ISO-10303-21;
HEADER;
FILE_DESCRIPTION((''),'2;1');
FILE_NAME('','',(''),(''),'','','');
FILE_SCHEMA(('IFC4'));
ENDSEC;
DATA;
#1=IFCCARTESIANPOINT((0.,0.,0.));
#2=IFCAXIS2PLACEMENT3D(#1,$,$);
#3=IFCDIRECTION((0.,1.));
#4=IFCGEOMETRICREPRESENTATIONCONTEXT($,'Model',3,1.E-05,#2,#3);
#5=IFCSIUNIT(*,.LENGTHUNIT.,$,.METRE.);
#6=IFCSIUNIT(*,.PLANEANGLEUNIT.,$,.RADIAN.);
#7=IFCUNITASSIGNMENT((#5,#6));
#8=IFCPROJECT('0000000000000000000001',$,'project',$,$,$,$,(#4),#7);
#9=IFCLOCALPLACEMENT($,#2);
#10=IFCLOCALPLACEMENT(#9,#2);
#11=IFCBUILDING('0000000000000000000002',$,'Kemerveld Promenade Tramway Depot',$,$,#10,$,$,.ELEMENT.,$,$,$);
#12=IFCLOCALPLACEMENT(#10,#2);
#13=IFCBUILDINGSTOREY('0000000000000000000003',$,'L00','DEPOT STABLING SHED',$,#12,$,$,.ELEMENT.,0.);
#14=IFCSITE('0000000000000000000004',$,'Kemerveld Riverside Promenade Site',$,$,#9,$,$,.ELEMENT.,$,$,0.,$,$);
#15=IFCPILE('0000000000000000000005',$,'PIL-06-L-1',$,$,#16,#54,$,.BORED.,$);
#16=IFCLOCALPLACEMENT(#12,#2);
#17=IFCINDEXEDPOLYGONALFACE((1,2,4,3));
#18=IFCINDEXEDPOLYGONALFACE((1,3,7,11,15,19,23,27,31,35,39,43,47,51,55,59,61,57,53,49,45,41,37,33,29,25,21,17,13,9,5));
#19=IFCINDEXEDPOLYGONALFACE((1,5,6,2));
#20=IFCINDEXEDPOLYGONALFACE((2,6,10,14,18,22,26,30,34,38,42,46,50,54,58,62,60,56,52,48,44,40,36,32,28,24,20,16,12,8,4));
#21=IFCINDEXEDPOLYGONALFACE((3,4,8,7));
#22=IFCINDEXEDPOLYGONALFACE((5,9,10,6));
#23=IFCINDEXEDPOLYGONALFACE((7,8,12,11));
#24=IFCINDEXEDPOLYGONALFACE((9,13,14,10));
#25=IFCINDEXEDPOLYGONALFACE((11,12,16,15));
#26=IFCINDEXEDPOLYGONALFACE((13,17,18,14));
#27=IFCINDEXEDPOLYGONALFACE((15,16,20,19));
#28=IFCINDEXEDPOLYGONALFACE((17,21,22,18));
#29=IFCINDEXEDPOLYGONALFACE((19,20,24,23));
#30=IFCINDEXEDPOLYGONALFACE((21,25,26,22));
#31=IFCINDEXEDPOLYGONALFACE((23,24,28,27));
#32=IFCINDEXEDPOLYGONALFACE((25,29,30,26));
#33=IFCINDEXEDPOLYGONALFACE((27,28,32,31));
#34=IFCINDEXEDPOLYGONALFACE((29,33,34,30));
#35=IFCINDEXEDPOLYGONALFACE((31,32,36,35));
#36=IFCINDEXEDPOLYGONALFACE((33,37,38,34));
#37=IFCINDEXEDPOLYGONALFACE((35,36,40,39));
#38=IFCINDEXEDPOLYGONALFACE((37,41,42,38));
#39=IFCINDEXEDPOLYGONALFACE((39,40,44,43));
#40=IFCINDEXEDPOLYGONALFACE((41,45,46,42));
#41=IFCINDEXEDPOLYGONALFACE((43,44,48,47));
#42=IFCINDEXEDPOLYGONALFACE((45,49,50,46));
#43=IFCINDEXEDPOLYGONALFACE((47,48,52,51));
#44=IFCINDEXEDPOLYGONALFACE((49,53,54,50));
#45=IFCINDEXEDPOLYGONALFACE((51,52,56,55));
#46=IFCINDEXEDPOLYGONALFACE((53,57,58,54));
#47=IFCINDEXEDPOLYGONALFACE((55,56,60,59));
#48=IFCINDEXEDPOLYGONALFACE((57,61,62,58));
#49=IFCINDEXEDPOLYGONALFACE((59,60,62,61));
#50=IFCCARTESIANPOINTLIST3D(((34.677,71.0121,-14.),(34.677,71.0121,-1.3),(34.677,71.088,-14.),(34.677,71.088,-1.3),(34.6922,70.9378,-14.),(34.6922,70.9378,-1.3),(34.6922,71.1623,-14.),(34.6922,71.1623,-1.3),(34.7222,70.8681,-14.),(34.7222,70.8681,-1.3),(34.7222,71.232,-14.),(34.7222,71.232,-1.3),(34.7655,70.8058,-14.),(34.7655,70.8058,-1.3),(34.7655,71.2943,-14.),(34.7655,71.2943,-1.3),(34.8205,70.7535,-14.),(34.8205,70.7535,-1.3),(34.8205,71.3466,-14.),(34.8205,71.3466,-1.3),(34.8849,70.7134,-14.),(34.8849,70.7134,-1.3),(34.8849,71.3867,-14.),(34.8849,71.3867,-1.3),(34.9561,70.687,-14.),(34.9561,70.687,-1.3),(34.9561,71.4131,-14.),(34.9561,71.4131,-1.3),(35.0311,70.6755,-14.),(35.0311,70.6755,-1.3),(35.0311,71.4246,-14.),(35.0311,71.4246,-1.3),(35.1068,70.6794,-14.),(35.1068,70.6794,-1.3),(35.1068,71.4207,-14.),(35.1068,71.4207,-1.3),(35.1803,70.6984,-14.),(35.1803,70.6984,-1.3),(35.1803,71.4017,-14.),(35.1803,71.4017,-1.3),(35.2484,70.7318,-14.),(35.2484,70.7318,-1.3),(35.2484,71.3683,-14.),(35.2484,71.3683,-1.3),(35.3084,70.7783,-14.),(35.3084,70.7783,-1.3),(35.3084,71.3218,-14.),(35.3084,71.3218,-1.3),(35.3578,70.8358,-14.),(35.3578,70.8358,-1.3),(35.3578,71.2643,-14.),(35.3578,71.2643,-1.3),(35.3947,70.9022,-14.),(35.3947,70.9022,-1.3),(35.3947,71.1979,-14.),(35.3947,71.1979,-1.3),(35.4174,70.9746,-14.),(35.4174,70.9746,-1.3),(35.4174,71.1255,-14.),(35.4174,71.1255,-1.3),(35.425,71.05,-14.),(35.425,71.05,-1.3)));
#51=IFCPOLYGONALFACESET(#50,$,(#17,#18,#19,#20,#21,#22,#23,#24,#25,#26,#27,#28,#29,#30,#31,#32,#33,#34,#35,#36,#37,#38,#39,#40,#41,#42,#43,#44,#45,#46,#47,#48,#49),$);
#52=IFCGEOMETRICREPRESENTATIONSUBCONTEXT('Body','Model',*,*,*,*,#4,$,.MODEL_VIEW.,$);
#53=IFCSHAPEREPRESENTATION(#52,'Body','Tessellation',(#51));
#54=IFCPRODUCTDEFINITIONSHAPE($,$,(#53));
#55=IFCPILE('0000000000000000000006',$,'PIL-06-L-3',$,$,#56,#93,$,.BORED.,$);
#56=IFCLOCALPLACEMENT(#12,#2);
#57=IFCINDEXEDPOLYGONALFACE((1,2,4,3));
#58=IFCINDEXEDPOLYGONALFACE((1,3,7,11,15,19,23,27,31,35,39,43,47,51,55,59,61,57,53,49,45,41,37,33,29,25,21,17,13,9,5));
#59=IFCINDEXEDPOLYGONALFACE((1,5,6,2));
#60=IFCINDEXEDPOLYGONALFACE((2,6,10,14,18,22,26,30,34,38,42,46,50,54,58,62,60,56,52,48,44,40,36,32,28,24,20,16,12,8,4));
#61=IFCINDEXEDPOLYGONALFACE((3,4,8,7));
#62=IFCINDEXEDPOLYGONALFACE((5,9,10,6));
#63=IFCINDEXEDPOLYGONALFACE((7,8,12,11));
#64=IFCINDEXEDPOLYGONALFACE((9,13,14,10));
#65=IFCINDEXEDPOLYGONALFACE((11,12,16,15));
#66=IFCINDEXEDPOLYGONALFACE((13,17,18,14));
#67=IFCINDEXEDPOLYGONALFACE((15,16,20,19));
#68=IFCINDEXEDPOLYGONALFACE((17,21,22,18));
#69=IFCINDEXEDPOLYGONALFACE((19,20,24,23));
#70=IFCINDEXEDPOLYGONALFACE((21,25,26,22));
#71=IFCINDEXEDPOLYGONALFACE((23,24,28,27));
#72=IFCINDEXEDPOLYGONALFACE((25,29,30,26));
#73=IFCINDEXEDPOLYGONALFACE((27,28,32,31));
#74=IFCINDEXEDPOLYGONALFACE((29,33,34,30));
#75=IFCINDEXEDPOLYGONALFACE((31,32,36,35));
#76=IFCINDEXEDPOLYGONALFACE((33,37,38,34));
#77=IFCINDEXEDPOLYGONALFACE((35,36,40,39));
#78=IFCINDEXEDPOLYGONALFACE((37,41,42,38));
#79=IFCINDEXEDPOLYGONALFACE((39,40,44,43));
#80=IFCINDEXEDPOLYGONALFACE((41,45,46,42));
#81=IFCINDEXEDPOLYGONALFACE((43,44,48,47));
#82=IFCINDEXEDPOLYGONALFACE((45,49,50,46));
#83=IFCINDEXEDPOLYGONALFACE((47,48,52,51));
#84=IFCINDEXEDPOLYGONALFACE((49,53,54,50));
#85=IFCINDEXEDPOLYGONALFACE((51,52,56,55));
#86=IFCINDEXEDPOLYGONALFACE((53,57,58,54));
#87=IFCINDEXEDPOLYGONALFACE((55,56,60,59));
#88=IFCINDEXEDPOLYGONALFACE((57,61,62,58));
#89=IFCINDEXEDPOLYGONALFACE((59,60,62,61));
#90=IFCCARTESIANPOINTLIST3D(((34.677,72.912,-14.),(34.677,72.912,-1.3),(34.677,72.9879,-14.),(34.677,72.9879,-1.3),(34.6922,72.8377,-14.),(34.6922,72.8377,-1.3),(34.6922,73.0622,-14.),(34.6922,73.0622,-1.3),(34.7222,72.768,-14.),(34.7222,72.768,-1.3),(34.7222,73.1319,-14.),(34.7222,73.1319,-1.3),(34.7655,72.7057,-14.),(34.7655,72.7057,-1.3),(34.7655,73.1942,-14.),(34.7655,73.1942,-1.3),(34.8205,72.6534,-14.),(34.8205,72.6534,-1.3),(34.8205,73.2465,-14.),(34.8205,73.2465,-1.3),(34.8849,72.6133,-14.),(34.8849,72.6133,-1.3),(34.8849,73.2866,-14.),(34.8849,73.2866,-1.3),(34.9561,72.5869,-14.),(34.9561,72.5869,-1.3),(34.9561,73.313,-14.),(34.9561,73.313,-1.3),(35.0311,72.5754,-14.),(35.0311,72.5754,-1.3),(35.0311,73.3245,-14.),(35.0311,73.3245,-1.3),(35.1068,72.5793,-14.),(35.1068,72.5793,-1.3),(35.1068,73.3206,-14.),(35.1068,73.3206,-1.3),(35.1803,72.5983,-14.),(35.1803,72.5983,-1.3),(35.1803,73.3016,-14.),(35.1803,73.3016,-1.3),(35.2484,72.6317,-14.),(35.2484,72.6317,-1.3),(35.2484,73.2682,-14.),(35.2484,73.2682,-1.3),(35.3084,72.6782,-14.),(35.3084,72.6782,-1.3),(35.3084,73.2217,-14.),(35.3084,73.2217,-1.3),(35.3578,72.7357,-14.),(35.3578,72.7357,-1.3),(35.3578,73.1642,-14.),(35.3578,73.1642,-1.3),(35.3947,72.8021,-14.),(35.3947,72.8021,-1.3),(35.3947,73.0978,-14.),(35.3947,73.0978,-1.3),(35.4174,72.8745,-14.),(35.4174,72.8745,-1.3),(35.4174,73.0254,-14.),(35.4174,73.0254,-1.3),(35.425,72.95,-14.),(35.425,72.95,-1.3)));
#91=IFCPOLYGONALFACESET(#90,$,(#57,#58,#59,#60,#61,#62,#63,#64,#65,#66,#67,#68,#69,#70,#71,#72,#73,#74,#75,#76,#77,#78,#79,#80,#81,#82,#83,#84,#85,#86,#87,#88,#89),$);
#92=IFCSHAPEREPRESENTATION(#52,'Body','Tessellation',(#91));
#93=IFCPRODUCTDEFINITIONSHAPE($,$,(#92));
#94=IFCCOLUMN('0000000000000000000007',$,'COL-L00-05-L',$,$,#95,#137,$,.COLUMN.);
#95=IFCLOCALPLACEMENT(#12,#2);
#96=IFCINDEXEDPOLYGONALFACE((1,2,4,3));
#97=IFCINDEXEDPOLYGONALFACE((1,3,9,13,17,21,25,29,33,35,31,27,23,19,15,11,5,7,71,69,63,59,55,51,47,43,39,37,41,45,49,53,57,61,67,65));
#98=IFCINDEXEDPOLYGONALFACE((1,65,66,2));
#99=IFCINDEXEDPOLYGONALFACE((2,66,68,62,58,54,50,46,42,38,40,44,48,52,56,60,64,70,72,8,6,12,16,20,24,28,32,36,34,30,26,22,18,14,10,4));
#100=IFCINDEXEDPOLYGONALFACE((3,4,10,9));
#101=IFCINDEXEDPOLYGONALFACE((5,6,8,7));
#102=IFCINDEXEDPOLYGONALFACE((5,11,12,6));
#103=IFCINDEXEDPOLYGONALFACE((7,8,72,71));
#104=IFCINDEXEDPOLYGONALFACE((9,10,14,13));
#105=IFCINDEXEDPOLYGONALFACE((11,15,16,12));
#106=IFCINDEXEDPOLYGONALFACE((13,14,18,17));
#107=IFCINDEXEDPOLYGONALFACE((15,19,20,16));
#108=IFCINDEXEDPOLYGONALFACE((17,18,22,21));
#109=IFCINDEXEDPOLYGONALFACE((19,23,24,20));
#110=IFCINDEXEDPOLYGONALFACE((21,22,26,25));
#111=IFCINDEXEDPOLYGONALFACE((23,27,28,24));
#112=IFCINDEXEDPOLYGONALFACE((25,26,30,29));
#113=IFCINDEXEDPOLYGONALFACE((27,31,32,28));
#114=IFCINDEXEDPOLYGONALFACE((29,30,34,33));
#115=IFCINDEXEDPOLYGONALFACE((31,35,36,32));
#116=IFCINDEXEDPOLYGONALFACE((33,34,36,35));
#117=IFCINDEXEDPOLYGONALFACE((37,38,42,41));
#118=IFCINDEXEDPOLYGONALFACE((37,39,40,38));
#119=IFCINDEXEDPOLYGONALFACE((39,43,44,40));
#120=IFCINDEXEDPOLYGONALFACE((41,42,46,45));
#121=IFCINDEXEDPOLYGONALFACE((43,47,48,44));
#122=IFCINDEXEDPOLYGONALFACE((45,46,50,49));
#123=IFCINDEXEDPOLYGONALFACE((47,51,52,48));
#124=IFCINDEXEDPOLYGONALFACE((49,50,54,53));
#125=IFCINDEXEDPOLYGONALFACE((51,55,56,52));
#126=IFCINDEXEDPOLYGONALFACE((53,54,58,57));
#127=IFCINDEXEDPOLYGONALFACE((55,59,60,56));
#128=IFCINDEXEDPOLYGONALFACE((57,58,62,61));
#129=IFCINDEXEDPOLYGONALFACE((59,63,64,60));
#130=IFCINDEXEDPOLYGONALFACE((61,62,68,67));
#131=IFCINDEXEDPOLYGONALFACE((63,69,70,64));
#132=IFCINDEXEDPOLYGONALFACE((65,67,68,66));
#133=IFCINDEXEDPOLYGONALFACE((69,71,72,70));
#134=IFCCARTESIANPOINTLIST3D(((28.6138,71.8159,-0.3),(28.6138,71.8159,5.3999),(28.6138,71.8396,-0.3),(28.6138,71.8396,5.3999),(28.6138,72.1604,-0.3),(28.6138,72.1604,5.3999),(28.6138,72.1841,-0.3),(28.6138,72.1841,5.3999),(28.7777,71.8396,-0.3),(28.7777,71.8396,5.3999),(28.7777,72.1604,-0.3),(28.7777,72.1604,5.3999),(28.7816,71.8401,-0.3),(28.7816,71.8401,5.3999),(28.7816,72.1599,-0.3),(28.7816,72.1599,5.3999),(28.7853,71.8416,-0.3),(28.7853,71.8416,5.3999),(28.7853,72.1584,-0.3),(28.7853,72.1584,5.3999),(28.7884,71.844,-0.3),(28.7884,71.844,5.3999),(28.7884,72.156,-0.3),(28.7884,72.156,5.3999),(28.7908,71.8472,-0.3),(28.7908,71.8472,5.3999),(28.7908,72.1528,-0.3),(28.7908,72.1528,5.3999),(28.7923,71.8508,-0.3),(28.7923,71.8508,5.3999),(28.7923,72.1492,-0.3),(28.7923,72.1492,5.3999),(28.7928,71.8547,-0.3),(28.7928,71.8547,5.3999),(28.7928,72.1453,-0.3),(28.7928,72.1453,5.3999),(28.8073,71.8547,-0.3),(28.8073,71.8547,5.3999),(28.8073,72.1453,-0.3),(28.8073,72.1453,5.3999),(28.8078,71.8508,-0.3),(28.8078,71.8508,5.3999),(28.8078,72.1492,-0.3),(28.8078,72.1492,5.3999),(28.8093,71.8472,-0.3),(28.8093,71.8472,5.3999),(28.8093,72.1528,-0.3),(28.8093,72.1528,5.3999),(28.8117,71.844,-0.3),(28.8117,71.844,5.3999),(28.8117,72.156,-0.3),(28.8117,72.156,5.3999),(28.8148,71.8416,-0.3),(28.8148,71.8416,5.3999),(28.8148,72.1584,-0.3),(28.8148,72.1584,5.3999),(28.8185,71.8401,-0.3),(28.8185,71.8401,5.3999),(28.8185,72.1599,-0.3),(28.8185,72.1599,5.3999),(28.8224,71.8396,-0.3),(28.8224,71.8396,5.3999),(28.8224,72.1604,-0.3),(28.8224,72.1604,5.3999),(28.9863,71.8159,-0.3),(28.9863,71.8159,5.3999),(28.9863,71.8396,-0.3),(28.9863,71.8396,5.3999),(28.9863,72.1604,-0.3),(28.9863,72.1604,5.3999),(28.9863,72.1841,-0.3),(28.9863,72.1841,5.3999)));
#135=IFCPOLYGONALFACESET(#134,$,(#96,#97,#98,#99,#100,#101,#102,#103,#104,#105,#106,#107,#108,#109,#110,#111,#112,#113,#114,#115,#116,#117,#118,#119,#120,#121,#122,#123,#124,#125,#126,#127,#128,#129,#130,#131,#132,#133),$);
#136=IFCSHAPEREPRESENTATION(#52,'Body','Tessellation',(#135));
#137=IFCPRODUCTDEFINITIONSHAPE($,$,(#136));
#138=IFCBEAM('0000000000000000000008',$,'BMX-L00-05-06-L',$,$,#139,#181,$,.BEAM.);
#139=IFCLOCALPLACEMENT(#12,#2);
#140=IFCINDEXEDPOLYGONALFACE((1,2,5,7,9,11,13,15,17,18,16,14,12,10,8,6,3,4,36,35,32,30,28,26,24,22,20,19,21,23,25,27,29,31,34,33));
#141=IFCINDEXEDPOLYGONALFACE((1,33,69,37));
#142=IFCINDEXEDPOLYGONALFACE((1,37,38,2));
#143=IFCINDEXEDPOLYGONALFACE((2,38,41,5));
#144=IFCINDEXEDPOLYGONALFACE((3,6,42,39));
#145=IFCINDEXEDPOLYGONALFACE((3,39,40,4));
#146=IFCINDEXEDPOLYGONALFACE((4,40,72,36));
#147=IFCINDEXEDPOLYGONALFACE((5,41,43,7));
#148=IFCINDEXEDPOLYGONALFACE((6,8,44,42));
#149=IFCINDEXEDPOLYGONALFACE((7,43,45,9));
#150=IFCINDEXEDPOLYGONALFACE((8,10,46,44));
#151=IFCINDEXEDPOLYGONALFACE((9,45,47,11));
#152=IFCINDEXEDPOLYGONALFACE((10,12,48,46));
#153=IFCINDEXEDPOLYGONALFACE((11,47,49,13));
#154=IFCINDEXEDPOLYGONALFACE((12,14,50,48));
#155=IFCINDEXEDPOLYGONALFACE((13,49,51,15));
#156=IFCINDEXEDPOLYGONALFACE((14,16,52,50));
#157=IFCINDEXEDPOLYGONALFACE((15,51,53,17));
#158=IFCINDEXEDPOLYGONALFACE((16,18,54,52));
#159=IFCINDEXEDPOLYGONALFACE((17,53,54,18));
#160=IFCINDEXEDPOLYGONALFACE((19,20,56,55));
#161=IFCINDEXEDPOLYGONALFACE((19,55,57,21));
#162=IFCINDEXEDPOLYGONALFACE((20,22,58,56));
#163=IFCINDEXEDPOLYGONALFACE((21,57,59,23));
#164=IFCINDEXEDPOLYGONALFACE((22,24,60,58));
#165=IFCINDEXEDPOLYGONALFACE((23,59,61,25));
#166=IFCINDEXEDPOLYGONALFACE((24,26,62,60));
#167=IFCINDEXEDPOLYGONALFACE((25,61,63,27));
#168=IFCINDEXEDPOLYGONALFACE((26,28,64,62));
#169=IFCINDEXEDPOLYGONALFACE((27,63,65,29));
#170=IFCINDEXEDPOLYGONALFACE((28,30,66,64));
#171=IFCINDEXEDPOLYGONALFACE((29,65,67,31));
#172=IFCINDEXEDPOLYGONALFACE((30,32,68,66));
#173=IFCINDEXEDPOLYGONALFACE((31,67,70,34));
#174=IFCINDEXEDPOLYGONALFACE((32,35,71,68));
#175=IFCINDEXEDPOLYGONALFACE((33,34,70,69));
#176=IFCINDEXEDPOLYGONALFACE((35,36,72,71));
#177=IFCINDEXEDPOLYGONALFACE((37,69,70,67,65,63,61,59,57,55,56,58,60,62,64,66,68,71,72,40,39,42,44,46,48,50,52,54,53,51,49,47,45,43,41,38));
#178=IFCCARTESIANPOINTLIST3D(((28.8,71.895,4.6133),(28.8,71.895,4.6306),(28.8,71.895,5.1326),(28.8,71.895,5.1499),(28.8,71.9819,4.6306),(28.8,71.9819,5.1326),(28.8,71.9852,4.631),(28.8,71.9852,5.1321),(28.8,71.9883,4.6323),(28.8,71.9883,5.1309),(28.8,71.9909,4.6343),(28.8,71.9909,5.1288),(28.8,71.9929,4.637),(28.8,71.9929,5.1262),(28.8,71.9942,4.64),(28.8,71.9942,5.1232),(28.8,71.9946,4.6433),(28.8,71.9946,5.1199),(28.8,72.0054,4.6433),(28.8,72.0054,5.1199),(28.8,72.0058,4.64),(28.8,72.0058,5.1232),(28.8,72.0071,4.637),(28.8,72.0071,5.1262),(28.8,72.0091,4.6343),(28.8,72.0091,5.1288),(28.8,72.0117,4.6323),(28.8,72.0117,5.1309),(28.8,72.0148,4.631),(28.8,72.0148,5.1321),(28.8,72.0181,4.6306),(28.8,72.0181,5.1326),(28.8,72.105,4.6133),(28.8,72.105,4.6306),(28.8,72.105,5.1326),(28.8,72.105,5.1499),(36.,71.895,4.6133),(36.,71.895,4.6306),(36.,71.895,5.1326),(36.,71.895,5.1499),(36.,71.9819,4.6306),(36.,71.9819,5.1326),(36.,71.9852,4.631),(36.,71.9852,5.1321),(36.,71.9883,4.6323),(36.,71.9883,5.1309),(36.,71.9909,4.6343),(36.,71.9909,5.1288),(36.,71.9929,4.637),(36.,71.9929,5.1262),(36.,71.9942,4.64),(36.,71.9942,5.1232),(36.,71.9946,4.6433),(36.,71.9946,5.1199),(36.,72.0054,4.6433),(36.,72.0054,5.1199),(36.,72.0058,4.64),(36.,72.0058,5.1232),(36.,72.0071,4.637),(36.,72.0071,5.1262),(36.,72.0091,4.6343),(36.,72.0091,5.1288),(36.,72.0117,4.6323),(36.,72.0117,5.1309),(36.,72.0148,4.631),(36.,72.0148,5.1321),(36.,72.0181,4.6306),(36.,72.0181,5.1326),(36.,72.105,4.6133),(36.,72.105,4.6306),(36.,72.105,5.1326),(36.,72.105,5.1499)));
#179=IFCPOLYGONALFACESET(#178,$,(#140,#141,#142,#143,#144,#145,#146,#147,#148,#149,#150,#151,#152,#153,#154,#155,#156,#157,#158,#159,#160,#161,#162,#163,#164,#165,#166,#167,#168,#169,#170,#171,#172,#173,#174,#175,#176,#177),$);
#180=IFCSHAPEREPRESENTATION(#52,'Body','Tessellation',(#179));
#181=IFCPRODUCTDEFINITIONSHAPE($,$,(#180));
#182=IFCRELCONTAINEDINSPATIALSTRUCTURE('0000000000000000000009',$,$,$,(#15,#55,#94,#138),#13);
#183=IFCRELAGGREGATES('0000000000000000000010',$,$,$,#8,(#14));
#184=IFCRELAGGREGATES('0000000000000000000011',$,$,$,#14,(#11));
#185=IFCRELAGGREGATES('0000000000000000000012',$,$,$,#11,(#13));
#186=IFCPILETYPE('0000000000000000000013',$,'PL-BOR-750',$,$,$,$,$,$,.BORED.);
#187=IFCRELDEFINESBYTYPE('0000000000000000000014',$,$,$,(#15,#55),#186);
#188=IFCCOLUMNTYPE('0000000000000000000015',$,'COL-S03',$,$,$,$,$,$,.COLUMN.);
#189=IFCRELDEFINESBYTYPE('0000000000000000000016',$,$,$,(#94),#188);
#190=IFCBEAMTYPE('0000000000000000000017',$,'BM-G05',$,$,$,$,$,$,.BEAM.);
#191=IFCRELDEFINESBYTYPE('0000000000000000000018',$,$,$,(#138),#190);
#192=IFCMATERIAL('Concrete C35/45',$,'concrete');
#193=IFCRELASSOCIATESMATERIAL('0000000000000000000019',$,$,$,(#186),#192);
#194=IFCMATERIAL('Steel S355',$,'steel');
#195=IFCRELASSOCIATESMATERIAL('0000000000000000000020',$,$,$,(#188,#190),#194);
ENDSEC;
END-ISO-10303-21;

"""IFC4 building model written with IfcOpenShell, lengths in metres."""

from ifc_helpers import new_model, si_unit, direction, frame, origin, origin_2d, place, context, subcontext, project, spatial, circle, i_section, extrude, material, material_profile, profile_set, type_object, element, save


model = new_model("IFC4")

# Units and contexts
model_context = context("Model", 3, precision=1e-05, world=origin(), true_north=direction((0.0, 1.0)))
body_context = subcontext(model_context, "Body", "Model", "MODEL_VIEW")
ifc_project = project(units=[si_unit("LENGTHUNIT", "METRE"), si_unit("PLANEANGLEUNIT", "RADIAN")], contexts=[model_context])

# Site, building, storey
site_placement = place(None, origin())
site = spatial("IfcSite", under=ifc_project, at=site_placement, Name="Kemerveld Riverside Promenade Site", CompositionType="ELEMENT", RefElevation=0.0)
building_placement = place(site_placement, origin())
building = spatial("IfcBuilding", under=site, at=building_placement, Name="Kemerveld Promenade Tramway Depot", CompositionType="ELEMENT")
storey_placement = place(building_placement, origin())
storey = spatial("IfcBuildingStorey", under=building, at=storey_placement, Name="L00", Description="DEPOT STABLING SHED", CompositionType="ELEMENT", Elevation=0.0)

# Shared definitions
ifc_material_1 = material(Name="Concrete C35/45", Category="concrete")

# Piles
ifc_material_profile_1 = material_profile(ifc_material_1, circle(Radius=0.375, at=origin_2d()), Name="PILE-D750")
ifc_profile_set_1 = profile_set([ifc_material_profile_1], Name="Concrete C35/45")
pile_type = type_object("IfcPileType", Name="PL-BOR-750", PredefinedType="BORED", material=ifc_profile_set_1)
for number, where, z_axis, x_axis, name in (
    (1, (35.05, 71.05, -1.3), (0.0, 0.0, -1.0), (1.0, 0.0, 0.0), "PIL-06-L-1"),
    (2, (35.05, 72.95, -1.3), (0.0, 0.0, -1.0), (1.0, 0.0, 0.0), "PIL-06-L-3"),
):
    element("IfcPile", number, at=place(storey_placement, frame(where, z_axis=z_axis, x_axis=x_axis)), inside=storey, type_object=pile_type, Name=name, PredefinedType="BORED", context=body_context, shape_type="SweptSolid", body=[
        extrude(circle(Radius=0.375, at=origin_2d()), origin(), (0.0, 0.0, 1.0), 12.7),
    ])

# Column
ifc_material_2 = material(Name="Steel S355", Category="steel")
ifc_material_profile_2 = material_profile(ifc_material_2, i_section(OverallWidth=0.3726, OverallDepth=0.3682, WebThickness=0.0144, FlangeThickness=0.0237, FilletRadius=0.0151, at=origin_2d()), Name="356x368x177 UC")
ifc_profile_set_2 = profile_set([ifc_material_profile_2], Name="Steel S355")
column_type = type_object("IfcColumnType", Name="COL-S03", PredefinedType="COLUMN", material=ifc_profile_set_2)
column_placement = place(storey_placement, frame((28.8, 72.0, -0.3), z_axis=(0.0, 0.0, 1.0), x_axis=(1.0, 0.0, 0.0)))
element("IfcColumn", 3, at=column_placement, inside=storey, type_object=column_type, Name="COL-L00-05-L", PredefinedType="COLUMN", context=body_context, shape_type="SweptSolid", body=[
    extrude(i_section(OverallWidth=0.3726, OverallDepth=0.3682, WebThickness=0.0144, FlangeThickness=0.0237, FilletRadius=0.0151, at=origin_2d()), origin(), (0.0, 0.0, 1.0), 5.7),
])

# Beam
ifc_material_profile_3 = material_profile(ifc_material_2, i_section(OverallWidth=0.21, OverallDepth=0.5366, WebThickness=0.0107, FlangeThickness=0.0173, FilletRadius=0.0127, at=origin_2d()), Name="533x210x101 UB")
ifc_profile_set_3 = profile_set([ifc_material_profile_3], Name="Steel S355")
beam_type_1 = type_object("IfcBeamType", Name="BM-G05", PredefinedType="BEAM", material=ifc_profile_set_3)
beam_1_placement = place(storey_placement, frame((28.8, 72.0, 4.8816), z_axis=(1.0, 0.0, 0.0), x_axis=(0.0, 1.0, 0.0)))
element("IfcBeam", 4, at=beam_1_placement, inside=storey, type_object=beam_type_1, Name="BMX-L00-05-06-L", PredefinedType="BEAM", context=body_context, shape_type="SweptSolid", body=[
    extrude(i_section(OverallWidth=0.21, OverallDepth=0.5366, WebThickness=0.0107, FlangeThickness=0.0173, FilletRadius=0.0127, at=origin_2d()), origin(), (0.0, 0.0, 1.0), 7.2),
])

save(model, "model.ifc")
